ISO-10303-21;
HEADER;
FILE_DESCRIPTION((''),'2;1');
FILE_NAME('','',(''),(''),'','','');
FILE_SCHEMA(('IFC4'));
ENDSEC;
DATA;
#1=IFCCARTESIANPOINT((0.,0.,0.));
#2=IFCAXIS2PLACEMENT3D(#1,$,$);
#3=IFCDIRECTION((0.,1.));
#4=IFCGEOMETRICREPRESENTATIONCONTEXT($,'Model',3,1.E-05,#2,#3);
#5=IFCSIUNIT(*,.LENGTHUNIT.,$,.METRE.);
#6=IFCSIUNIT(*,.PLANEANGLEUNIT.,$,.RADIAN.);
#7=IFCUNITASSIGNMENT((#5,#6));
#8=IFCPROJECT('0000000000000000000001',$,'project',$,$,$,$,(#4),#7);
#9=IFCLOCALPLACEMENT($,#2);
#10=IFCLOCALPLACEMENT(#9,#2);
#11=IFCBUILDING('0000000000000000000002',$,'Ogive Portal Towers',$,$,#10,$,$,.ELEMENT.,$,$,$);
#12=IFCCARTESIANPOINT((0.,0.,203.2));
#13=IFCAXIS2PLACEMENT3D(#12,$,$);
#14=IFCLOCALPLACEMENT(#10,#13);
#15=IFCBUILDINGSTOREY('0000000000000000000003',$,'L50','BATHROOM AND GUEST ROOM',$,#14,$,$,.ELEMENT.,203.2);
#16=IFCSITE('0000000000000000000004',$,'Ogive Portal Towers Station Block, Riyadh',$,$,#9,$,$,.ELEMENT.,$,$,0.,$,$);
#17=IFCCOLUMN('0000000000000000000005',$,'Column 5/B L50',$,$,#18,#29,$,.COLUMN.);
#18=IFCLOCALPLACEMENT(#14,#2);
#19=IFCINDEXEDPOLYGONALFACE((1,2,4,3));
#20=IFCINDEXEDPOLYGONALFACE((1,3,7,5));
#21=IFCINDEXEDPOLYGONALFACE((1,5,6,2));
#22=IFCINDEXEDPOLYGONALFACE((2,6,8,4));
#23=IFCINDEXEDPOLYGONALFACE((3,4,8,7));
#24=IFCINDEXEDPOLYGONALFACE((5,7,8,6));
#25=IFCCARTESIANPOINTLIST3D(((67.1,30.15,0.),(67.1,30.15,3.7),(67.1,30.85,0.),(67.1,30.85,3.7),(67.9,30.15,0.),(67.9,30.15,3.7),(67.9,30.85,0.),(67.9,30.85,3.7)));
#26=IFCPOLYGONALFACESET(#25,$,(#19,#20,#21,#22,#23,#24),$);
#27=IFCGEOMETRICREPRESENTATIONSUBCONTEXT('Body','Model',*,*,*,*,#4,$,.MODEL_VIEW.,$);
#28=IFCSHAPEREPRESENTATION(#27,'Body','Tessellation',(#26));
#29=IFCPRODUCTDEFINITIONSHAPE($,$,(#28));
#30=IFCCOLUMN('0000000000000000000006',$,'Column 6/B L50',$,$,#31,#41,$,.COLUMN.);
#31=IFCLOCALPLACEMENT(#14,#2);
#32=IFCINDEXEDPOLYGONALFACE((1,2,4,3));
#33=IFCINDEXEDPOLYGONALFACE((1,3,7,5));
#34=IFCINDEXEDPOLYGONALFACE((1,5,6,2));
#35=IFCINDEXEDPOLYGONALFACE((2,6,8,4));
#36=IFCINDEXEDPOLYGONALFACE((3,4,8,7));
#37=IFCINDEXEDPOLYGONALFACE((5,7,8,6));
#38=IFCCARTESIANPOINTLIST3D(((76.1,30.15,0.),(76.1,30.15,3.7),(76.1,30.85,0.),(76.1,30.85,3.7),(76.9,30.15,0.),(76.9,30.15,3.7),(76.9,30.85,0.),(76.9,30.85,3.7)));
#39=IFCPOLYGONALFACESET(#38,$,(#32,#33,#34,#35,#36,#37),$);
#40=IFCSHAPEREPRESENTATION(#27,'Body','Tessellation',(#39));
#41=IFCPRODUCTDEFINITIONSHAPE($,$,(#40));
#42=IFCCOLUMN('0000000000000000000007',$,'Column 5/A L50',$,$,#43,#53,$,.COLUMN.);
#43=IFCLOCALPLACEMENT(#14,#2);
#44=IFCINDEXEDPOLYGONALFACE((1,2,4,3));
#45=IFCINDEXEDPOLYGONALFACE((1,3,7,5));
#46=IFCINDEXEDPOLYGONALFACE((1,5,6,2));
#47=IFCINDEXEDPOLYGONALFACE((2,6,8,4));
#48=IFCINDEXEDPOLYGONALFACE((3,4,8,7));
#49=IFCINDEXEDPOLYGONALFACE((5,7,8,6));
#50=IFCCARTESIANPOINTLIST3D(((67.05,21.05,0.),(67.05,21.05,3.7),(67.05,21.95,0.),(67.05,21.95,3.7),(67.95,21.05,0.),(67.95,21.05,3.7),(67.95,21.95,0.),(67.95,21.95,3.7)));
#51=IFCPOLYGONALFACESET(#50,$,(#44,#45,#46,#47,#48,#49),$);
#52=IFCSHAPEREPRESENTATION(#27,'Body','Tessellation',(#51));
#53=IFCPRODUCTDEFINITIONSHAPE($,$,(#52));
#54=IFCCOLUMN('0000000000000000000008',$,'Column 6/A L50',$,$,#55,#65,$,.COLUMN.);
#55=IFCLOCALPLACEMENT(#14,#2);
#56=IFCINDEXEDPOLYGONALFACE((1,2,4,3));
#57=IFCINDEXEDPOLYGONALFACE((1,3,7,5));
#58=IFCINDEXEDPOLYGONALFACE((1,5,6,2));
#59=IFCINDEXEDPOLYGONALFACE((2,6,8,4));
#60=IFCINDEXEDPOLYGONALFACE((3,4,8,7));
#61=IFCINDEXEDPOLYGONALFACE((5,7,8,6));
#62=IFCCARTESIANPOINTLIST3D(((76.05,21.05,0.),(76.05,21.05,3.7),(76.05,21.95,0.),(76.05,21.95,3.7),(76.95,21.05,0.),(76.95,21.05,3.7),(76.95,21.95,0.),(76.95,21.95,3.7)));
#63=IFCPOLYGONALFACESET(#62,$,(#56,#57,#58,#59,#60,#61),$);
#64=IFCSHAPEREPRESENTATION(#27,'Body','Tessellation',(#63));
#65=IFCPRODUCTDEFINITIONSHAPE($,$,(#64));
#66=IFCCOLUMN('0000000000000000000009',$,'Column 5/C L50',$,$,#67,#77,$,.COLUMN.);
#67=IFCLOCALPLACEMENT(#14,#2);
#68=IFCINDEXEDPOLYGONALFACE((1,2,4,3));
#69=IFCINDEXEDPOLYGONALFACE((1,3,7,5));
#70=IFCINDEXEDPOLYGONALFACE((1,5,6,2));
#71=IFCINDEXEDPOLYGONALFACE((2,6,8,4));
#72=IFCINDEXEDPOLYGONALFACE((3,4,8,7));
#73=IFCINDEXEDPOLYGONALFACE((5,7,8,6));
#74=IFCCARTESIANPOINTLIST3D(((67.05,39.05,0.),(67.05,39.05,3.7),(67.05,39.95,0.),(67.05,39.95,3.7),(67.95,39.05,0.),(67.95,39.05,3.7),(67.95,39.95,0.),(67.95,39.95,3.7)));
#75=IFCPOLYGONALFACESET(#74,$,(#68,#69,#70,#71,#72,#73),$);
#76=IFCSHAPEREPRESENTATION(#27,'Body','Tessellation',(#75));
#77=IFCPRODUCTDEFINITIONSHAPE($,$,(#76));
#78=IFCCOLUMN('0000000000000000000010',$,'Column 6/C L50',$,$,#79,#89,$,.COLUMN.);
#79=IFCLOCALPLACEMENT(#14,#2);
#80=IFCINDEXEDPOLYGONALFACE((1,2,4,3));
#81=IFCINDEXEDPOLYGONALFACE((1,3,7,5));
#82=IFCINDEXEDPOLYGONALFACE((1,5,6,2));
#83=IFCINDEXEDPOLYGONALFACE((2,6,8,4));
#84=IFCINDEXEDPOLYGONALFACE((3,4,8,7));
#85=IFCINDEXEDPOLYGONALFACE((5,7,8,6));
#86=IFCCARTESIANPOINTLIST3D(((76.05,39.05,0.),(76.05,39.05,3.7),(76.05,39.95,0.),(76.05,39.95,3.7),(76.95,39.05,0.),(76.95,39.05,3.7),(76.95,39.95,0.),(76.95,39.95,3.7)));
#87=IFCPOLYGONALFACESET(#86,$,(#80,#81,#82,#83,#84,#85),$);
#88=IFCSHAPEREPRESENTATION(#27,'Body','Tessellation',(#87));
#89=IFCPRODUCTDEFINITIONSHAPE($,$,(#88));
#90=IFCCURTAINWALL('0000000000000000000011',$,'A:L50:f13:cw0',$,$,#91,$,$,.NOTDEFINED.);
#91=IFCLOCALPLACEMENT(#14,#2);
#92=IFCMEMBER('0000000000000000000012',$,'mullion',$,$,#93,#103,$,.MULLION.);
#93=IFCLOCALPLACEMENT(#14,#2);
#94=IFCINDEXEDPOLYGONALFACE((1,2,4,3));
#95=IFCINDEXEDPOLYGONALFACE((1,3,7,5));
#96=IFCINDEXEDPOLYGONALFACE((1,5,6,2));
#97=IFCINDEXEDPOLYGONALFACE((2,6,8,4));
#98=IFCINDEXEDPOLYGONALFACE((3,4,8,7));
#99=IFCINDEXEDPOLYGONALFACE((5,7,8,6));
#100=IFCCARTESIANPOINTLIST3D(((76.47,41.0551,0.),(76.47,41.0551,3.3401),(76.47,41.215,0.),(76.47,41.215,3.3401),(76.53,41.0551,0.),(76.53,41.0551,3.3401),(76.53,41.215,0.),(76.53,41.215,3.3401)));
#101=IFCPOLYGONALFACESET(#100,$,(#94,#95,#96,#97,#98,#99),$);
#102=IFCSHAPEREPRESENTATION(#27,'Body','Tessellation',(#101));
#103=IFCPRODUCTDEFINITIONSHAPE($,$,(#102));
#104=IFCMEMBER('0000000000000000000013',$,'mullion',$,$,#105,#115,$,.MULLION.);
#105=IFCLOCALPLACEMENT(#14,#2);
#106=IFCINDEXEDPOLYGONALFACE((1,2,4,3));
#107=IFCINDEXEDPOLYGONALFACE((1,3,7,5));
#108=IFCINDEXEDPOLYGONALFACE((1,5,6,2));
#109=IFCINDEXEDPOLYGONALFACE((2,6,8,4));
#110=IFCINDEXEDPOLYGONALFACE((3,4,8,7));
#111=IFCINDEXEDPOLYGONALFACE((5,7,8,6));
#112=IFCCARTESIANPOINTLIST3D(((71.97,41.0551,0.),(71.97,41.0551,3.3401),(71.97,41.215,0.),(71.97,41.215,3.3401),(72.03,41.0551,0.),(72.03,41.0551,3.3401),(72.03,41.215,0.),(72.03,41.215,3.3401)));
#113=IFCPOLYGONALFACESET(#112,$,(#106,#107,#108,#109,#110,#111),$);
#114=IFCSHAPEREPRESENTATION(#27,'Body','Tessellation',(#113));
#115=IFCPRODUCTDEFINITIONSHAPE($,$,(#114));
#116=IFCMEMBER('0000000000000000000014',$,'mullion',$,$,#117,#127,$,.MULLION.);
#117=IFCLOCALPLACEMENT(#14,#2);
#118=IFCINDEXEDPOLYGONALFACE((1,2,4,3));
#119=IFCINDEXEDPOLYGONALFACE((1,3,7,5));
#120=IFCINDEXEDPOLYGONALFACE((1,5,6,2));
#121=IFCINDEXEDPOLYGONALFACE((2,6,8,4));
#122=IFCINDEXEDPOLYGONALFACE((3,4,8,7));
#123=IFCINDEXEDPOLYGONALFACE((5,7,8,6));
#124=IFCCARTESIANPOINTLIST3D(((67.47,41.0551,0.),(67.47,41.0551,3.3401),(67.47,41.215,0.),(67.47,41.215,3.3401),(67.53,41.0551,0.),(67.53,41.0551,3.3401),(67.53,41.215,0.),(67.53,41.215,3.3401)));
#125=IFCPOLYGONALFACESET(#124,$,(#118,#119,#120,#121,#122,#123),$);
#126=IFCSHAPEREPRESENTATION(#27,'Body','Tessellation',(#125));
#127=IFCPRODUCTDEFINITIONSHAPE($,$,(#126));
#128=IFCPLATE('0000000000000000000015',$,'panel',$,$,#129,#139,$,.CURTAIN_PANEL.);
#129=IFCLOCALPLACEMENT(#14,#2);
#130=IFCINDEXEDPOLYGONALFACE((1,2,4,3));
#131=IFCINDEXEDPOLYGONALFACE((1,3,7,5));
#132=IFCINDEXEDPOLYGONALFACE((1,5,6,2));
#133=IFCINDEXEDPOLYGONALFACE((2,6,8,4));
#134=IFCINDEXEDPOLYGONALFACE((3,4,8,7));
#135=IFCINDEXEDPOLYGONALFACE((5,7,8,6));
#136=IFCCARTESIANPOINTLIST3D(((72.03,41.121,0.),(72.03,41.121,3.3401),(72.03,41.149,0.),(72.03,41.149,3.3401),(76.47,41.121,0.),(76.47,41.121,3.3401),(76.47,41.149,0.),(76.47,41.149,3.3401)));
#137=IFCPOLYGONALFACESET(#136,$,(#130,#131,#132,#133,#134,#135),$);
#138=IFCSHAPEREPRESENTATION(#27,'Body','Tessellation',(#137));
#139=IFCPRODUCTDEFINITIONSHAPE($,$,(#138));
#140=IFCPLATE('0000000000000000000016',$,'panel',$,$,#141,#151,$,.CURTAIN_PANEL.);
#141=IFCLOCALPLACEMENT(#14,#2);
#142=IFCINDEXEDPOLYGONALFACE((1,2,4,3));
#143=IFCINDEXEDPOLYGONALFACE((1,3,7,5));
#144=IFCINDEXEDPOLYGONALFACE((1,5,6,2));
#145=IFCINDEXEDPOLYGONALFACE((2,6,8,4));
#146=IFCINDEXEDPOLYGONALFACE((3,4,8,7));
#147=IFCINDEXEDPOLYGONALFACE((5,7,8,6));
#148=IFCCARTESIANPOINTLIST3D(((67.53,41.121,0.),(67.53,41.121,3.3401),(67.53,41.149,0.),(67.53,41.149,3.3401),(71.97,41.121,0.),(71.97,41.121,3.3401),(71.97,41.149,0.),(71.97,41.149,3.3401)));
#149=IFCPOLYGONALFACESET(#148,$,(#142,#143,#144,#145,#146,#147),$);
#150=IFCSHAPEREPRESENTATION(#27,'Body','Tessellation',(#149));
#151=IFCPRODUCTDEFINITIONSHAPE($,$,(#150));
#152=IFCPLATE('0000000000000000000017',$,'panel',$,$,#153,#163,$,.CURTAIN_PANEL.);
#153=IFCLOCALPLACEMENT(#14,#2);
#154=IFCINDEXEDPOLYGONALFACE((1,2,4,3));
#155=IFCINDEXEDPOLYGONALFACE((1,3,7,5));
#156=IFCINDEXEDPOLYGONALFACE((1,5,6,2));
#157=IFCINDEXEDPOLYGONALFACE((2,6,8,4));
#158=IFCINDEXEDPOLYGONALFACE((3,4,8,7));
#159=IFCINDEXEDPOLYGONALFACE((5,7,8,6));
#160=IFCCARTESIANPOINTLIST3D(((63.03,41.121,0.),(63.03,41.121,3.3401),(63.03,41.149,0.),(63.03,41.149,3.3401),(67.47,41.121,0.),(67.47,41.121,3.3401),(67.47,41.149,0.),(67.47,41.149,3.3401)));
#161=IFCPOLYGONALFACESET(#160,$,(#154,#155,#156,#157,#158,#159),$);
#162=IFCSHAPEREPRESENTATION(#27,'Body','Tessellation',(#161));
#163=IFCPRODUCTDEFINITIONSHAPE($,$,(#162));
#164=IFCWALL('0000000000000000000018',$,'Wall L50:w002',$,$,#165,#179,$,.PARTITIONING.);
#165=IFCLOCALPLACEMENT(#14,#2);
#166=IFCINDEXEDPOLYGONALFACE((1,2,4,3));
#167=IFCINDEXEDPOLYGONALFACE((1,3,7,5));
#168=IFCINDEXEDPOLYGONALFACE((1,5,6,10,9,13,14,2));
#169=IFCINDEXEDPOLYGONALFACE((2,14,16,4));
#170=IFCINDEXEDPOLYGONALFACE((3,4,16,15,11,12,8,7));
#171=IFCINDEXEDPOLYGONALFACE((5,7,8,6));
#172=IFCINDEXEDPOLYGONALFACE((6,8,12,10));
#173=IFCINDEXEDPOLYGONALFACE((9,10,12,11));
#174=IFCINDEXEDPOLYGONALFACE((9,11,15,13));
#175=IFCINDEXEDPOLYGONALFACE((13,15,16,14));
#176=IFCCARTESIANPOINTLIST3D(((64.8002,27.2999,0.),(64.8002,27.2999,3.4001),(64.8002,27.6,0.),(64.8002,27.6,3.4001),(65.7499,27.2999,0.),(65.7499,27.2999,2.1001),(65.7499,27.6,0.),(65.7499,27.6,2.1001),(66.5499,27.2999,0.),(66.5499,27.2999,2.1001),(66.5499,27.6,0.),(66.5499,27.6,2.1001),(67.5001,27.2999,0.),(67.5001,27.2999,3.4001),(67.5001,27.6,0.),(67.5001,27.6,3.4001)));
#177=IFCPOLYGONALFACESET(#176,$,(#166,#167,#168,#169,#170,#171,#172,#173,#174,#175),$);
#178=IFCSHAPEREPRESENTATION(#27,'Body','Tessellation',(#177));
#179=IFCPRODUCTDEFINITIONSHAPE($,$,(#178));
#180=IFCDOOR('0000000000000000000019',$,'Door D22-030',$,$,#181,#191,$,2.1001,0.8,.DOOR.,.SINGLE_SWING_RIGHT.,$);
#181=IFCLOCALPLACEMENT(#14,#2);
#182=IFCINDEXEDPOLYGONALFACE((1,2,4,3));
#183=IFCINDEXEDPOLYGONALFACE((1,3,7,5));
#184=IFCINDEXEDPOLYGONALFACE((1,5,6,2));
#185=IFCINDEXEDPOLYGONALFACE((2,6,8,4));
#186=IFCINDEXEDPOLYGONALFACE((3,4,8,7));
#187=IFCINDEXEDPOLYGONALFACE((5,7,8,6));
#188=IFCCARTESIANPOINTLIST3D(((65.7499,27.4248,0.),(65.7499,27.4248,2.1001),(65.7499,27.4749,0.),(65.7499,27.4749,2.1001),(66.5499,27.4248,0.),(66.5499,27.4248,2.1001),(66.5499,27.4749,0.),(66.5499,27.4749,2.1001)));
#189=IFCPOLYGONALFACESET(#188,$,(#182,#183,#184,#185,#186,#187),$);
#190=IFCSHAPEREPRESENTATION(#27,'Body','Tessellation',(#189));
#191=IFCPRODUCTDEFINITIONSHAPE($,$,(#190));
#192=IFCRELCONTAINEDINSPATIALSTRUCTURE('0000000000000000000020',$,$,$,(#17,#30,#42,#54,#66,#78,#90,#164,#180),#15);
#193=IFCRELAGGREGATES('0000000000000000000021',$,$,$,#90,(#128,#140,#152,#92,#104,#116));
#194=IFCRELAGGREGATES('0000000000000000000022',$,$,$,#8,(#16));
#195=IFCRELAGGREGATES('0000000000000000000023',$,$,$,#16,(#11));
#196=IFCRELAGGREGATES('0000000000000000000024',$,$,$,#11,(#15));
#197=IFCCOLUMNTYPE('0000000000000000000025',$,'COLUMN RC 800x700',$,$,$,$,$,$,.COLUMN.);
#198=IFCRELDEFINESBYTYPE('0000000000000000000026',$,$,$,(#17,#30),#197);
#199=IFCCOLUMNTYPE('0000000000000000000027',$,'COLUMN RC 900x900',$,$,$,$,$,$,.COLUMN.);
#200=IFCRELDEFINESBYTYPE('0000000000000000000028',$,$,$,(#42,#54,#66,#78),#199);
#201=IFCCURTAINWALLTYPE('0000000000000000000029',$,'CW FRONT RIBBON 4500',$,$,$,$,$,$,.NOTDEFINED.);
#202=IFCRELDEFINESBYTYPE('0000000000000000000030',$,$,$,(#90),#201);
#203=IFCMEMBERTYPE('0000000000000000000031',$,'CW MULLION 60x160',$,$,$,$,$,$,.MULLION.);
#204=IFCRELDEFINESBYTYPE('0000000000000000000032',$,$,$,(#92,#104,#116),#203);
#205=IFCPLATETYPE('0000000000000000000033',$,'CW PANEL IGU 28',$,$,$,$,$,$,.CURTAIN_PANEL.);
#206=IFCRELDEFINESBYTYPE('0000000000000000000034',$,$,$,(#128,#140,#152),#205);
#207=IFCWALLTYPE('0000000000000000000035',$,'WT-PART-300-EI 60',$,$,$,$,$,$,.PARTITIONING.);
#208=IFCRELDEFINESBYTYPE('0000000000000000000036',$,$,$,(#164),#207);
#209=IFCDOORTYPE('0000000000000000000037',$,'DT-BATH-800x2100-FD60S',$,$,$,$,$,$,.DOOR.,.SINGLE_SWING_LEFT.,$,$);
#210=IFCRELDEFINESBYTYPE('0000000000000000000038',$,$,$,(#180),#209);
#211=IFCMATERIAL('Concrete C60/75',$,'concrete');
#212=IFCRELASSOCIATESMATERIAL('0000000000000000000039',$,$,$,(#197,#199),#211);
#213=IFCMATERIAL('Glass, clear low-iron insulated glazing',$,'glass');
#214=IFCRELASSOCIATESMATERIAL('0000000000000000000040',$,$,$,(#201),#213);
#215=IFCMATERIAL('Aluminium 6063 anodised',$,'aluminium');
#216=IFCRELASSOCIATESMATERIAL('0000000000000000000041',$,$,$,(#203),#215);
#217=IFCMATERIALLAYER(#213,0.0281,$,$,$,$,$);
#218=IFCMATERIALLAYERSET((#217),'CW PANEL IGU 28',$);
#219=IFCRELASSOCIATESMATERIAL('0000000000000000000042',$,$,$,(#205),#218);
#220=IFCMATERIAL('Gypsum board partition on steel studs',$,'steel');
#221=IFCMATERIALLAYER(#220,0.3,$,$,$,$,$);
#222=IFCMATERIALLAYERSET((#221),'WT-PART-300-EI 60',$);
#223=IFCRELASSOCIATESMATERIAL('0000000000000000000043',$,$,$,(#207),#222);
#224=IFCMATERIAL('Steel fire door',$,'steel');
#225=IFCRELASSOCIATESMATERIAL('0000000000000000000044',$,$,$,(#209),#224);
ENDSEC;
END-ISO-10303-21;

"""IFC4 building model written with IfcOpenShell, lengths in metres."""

from ifc_helpers import new_model, si_unit, direction, frame, frame_2d, origin, origin_2d, place, context, subcontext, project, spatial, rectangle, extrude, material, layer, layer_set, material_profile, profile_set, type_object, element, fill, aggregate, save


model = new_model("IFC4")

# Units and contexts
model_context = context("Model", 3, precision=1e-05, world=origin(), true_north=direction((0.0, 1.0)))
body_context = subcontext(model_context, "Body", "Model", "MODEL_VIEW")
ifc_project = project(units=[si_unit("LENGTHUNIT", "METRE"), si_unit("PLANEANGLEUNIT", "RADIAN")], contexts=[model_context])

# Site, building, storey
site_placement = place(None, origin())
site = spatial("IfcSite", under=ifc_project, at=site_placement, Name="Ogive Portal Towers Station Block, Riyadh", CompositionType="ELEMENT", RefElevation=0.0)
building_placement = place(site_placement, origin())
building = spatial("IfcBuilding", under=site, at=building_placement, Name="Ogive Portal Towers", CompositionType="ELEMENT")
storey_placement = place(building_placement, frame((0.0, 0.0, 203.2)))
storey = spatial("IfcBuildingStorey", under=building, at=storey_placement, Name="L50", Description="BATHROOM AND GUEST ROOM", CompositionType="ELEMENT", Elevation=203.2)

# Columns
ifc_material_1 = material(Name="Concrete C60/75", Category="concrete")
ifc_material_profile_1 = material_profile(ifc_material_1, rectangle(XDim=0.8, YDim=0.7, at=origin_2d()), Name="RC 800x700")
ifc_profile_set_1 = profile_set([ifc_material_profile_1], Name="Concrete C60/75")
column_type_1 = type_object("IfcColumnType", Name="COLUMN RC 800x700", PredefinedType="COLUMN", material=ifc_profile_set_1)
for number, where, z_axis, x_axis, name in (
    (1, (67.5, 30.5, 0.0), (0.0, 0.0, 1.0), (1.0, 0.0, 0.0), "Column 5/B L50"),
    (2, (76.5, 30.5, 0.0), (0.0, 0.0, 1.0), (1.0, 0.0, 0.0), "Column 6/B L50"),
):
    element("IfcColumn", number, at=place(storey_placement, frame(where, z_axis=z_axis, x_axis=x_axis)), inside=storey, type_object=column_type_1, Name=name, PredefinedType="COLUMN", context=body_context, shape_type="SweptSolid", body=[
        extrude(rectangle(XDim=0.8, YDim=0.7, at=origin_2d()), origin(), (0.0, 0.0, 1.0), 3.7),
    ])
ifc_material_profile_2 = material_profile(ifc_material_1, rectangle(XDim=0.8999, YDim=0.8999, at=origin_2d()), Name="RC 900x900")
ifc_profile_set_2 = profile_set([ifc_material_profile_2], Name="Concrete C60/75")
column_type_2 = type_object("IfcColumnType", Name="COLUMN RC 900x900", PredefinedType="COLUMN", material=ifc_profile_set_2)
for number, where, z_axis, x_axis, name in (
    (3, (67.5, 21.5, 0.0), (0.0, 0.0, 1.0), (1.0, 0.0, 0.0), "Column 5/A L50"),
    (4, (76.5, 21.5, 0.0), (0.0, 0.0, 1.0), (1.0, 0.0, 0.0), "Column 6/A L50"),
    (5, (67.5, 39.5, 0.0), (0.0, 0.0, 1.0), (1.0, 0.0, 0.0), "Column 5/C L50"),
    (6, (76.5, 39.5, 0.0), (0.0, 0.0, 1.0), (1.0, 0.0, 0.0), "Column 6/C L50"),
):
    element("IfcColumn", number, at=place(storey_placement, frame(where, z_axis=z_axis, x_axis=x_axis)), inside=storey, type_object=column_type_2, Name=name, PredefinedType="COLUMN", context=body_context, shape_type="SweptSolid", body=[
        extrude(rectangle(XDim=0.8999, YDim=0.8999, at=origin_2d()), origin(), (0.0, 0.0, 1.0), 3.7),
    ])

# Curtain wall, members, plates
ifc_material_2 = material(Name="Glass, clear low-iron insulated glazing", Category="glass")
curtain_wall_type = type_object("IfcCurtainWallType", Name="CW FRONT RIBBON 4500", PredefinedType="NOTDEFINED", material=ifc_material_2)
curtain_wall_placement = place(storey_placement, origin())
curtain_wall = element("IfcCurtainWall", 7, at=curtain_wall_placement, inside=storey, type_object=curtain_wall_type, Name="A:L50:f13:cw0", PredefinedType="NOTDEFINED")
ifc_material_3 = material(Name="Aluminium 6063 anodised", Category="aluminium")
ifc_material_profile_3 = material_profile(ifc_material_3, rectangle(XDim=0.1599, YDim=0.0601, at=origin_2d()), Name="AL 60x160")
ifc_profile_set_3 = profile_set([ifc_material_profile_3], Name="Aluminium 6063 anodised")
member_type = type_object("IfcMemberType", Name="CW MULLION 60x160", PredefinedType="MULLION", material=ifc_profile_set_3)
member_1_placement = place(storey_placement, frame((76.5, 41.135, 0.0), z_axis=(0.0, 0.0, 1.0), x_axis=(0.0, -1.0, 0.0)))
member_1 = element("IfcMember", 8, at=member_1_placement, type_object=member_type, Name="mullion", PredefinedType="MULLION", context=body_context, shape_type="SweptSolid", body=[
    extrude(rectangle(XDim=0.1599, YDim=0.0601, at=origin_2d()), origin(), (0.0, 0.0, 1.0), 3.3401),
])
member_2_placement = place(storey_placement, frame((72.0, 41.135, 0.0), z_axis=(0.0, 0.0, 1.0), x_axis=(0.0, -1.0, 0.0)))
member_2 = element("IfcMember", 9, at=member_2_placement, type_object=member_type, Name="mullion", PredefinedType="MULLION", context=body_context, shape_type="SweptSolid", body=[
    extrude(rectangle(XDim=0.1599, YDim=0.0601, at=origin_2d()), origin(), (0.0, 0.0, 1.0), 3.3401),
])
member_3_placement = place(storey_placement, frame((67.5, 41.135, 0.0), z_axis=(0.0, 0.0, 1.0), x_axis=(0.0, -1.0, 0.0)))
member_3 = element("IfcMember", 10, at=member_3_placement, type_object=member_type, Name="mullion", PredefinedType="MULLION", context=body_context, shape_type="SweptSolid", body=[
    extrude(rectangle(XDim=0.1599, YDim=0.0601, at=origin_2d()), origin(), (0.0, 0.0, 1.0), 3.3401),
])
ifc_layer_1 = layer(ifc_material_2, 0.0281)
ifc_layer_set_1 = layer_set([ifc_layer_1], Name="CW PANEL IGU 28")
plate_type = type_object("IfcPlateType", Name="CW PANEL IGU 28", PredefinedType="CURTAIN_PANEL", material=ifc_layer_set_1)
plate_1_placement = place(storey_placement, frame((74.25, 41.135, 0.0), z_axis=(0.0, 0.0, 1.0), x_axis=(-1.0, 0.0, 0.0)))
plate_1 = element("IfcPlate", 11, at=plate_1_placement, type_object=plate_type, Name="panel", PredefinedType="CURTAIN_PANEL", context=body_context, shape_type="SweptSolid", body=[
    extrude(rectangle(XDim=4.4399, YDim=0.0281, at=origin_2d()), origin(), (0.0, 0.0, 1.0), 3.3401),
])
plate_2_placement = place(storey_placement, frame((69.75, 41.135, 0.0), z_axis=(0.0, 0.0, 1.0), x_axis=(-1.0, 0.0, 0.0)))
plate_2 = element("IfcPlate", 12, at=plate_2_placement, type_object=plate_type, Name="panel", PredefinedType="CURTAIN_PANEL", context=body_context, shape_type="SweptSolid", body=[
    extrude(rectangle(XDim=4.4399, YDim=0.0281, at=origin_2d()), origin(), (0.0, 0.0, 1.0), 3.3401),
])
plate_3_placement = place(storey_placement, frame((65.25, 41.135, 0.0), z_axis=(0.0, 0.0, 1.0), x_axis=(-1.0, 0.0, 0.0)))
plate_3 = element("IfcPlate", 13, at=plate_3_placement, type_object=plate_type, Name="panel", PredefinedType="CURTAIN_PANEL", context=body_context, shape_type="SweptSolid", body=[
    extrude(rectangle(XDim=4.4399, YDim=0.0281, at=origin_2d()), origin(), (0.0, 0.0, 1.0), 3.3401),
])
aggregate(curtain_wall, [plate_1, plate_2, plate_3, member_1, member_2, member_3])

# Wall, opening, door
ifc_material_4 = material(Name="Gypsum board partition on steel studs", Category="steel")
ifc_layer_2 = layer(ifc_material_4, 0.3)
ifc_layer_set_2 = layer_set([ifc_layer_2], Name="WT-PART-300-EI 60")
wall_type = type_object("IfcWallType", Name="WT-PART-300-EI 60", PredefinedType="PARTITIONING", material=ifc_layer_set_2)
wall_1_placement = place(storey_placement, frame((64.8, 27.45, 0.0), z_axis=(0.0, 0.0, 1.0), x_axis=(1.0, 0.0, 0.0)))
wall_1 = element("IfcWall", 14, at=wall_1_placement, inside=storey, type_object=wall_type, Name="Wall L50:w002", PredefinedType="PARTITIONING", context=body_context, shape_type="SweptSolid", body=[
    extrude(rectangle(XDim=2.7, YDim=0.3, at=frame_2d((1.3501, 0.0))), origin(), (0.0, 0.0, 1.0), 3.4001),
])
opening_1_placement = place(wall_1_placement, frame((0.95, 0.0, 0.0)))
opening_1 = element("IfcOpeningElement", 15, at=opening_1_placement, cuts=wall_1, PredefinedType="OPENING", context=body_context, shape_type="SweptSolid", body=[
    extrude(rectangle(XDim=0.8, YDim=2.1001, at=frame_2d((0.3999, 1.05))), frame((0.0, 0.1602, 0.0), z_axis=(0.0, -1.0, 0.0), x_axis=(1.0, 0.0, 0.0)), (0.0, 0.0, 1.0), 0.3201),
])
ifc_material_5 = material(Name="Steel fire door", Category="steel")
door_type = type_object("IfcDoorType", Name="DT-BATH-800x2100-FD60S", OperationType="SINGLE_SWING_LEFT", PredefinedType="DOOR", material=ifc_material_5)
door_1_placement = place(opening_1_placement, origin())
door_1 = element("IfcDoor", 16, at=door_1_placement, inside=storey, type_object=door_type, Name="Door D22-030", OperationType="SINGLE_SWING_RIGHT", OverallHeight=2.1001, OverallWidth=0.8, PredefinedType="DOOR", context=body_context, shape_type="SweptSolid", body=[
    extrude(rectangle(XDim=0.8, YDim=2.1001, at=frame_2d((0.3999, 1.05))), frame((0.0, 0.0249, 0.0), z_axis=(0.0, -1.0, 0.0), x_axis=(1.0, 0.0, 0.0)), (0.0, 0.0, 1.0), 0.05),
])
fill(opening_1, door_1)

save(model, "model.ifc")
